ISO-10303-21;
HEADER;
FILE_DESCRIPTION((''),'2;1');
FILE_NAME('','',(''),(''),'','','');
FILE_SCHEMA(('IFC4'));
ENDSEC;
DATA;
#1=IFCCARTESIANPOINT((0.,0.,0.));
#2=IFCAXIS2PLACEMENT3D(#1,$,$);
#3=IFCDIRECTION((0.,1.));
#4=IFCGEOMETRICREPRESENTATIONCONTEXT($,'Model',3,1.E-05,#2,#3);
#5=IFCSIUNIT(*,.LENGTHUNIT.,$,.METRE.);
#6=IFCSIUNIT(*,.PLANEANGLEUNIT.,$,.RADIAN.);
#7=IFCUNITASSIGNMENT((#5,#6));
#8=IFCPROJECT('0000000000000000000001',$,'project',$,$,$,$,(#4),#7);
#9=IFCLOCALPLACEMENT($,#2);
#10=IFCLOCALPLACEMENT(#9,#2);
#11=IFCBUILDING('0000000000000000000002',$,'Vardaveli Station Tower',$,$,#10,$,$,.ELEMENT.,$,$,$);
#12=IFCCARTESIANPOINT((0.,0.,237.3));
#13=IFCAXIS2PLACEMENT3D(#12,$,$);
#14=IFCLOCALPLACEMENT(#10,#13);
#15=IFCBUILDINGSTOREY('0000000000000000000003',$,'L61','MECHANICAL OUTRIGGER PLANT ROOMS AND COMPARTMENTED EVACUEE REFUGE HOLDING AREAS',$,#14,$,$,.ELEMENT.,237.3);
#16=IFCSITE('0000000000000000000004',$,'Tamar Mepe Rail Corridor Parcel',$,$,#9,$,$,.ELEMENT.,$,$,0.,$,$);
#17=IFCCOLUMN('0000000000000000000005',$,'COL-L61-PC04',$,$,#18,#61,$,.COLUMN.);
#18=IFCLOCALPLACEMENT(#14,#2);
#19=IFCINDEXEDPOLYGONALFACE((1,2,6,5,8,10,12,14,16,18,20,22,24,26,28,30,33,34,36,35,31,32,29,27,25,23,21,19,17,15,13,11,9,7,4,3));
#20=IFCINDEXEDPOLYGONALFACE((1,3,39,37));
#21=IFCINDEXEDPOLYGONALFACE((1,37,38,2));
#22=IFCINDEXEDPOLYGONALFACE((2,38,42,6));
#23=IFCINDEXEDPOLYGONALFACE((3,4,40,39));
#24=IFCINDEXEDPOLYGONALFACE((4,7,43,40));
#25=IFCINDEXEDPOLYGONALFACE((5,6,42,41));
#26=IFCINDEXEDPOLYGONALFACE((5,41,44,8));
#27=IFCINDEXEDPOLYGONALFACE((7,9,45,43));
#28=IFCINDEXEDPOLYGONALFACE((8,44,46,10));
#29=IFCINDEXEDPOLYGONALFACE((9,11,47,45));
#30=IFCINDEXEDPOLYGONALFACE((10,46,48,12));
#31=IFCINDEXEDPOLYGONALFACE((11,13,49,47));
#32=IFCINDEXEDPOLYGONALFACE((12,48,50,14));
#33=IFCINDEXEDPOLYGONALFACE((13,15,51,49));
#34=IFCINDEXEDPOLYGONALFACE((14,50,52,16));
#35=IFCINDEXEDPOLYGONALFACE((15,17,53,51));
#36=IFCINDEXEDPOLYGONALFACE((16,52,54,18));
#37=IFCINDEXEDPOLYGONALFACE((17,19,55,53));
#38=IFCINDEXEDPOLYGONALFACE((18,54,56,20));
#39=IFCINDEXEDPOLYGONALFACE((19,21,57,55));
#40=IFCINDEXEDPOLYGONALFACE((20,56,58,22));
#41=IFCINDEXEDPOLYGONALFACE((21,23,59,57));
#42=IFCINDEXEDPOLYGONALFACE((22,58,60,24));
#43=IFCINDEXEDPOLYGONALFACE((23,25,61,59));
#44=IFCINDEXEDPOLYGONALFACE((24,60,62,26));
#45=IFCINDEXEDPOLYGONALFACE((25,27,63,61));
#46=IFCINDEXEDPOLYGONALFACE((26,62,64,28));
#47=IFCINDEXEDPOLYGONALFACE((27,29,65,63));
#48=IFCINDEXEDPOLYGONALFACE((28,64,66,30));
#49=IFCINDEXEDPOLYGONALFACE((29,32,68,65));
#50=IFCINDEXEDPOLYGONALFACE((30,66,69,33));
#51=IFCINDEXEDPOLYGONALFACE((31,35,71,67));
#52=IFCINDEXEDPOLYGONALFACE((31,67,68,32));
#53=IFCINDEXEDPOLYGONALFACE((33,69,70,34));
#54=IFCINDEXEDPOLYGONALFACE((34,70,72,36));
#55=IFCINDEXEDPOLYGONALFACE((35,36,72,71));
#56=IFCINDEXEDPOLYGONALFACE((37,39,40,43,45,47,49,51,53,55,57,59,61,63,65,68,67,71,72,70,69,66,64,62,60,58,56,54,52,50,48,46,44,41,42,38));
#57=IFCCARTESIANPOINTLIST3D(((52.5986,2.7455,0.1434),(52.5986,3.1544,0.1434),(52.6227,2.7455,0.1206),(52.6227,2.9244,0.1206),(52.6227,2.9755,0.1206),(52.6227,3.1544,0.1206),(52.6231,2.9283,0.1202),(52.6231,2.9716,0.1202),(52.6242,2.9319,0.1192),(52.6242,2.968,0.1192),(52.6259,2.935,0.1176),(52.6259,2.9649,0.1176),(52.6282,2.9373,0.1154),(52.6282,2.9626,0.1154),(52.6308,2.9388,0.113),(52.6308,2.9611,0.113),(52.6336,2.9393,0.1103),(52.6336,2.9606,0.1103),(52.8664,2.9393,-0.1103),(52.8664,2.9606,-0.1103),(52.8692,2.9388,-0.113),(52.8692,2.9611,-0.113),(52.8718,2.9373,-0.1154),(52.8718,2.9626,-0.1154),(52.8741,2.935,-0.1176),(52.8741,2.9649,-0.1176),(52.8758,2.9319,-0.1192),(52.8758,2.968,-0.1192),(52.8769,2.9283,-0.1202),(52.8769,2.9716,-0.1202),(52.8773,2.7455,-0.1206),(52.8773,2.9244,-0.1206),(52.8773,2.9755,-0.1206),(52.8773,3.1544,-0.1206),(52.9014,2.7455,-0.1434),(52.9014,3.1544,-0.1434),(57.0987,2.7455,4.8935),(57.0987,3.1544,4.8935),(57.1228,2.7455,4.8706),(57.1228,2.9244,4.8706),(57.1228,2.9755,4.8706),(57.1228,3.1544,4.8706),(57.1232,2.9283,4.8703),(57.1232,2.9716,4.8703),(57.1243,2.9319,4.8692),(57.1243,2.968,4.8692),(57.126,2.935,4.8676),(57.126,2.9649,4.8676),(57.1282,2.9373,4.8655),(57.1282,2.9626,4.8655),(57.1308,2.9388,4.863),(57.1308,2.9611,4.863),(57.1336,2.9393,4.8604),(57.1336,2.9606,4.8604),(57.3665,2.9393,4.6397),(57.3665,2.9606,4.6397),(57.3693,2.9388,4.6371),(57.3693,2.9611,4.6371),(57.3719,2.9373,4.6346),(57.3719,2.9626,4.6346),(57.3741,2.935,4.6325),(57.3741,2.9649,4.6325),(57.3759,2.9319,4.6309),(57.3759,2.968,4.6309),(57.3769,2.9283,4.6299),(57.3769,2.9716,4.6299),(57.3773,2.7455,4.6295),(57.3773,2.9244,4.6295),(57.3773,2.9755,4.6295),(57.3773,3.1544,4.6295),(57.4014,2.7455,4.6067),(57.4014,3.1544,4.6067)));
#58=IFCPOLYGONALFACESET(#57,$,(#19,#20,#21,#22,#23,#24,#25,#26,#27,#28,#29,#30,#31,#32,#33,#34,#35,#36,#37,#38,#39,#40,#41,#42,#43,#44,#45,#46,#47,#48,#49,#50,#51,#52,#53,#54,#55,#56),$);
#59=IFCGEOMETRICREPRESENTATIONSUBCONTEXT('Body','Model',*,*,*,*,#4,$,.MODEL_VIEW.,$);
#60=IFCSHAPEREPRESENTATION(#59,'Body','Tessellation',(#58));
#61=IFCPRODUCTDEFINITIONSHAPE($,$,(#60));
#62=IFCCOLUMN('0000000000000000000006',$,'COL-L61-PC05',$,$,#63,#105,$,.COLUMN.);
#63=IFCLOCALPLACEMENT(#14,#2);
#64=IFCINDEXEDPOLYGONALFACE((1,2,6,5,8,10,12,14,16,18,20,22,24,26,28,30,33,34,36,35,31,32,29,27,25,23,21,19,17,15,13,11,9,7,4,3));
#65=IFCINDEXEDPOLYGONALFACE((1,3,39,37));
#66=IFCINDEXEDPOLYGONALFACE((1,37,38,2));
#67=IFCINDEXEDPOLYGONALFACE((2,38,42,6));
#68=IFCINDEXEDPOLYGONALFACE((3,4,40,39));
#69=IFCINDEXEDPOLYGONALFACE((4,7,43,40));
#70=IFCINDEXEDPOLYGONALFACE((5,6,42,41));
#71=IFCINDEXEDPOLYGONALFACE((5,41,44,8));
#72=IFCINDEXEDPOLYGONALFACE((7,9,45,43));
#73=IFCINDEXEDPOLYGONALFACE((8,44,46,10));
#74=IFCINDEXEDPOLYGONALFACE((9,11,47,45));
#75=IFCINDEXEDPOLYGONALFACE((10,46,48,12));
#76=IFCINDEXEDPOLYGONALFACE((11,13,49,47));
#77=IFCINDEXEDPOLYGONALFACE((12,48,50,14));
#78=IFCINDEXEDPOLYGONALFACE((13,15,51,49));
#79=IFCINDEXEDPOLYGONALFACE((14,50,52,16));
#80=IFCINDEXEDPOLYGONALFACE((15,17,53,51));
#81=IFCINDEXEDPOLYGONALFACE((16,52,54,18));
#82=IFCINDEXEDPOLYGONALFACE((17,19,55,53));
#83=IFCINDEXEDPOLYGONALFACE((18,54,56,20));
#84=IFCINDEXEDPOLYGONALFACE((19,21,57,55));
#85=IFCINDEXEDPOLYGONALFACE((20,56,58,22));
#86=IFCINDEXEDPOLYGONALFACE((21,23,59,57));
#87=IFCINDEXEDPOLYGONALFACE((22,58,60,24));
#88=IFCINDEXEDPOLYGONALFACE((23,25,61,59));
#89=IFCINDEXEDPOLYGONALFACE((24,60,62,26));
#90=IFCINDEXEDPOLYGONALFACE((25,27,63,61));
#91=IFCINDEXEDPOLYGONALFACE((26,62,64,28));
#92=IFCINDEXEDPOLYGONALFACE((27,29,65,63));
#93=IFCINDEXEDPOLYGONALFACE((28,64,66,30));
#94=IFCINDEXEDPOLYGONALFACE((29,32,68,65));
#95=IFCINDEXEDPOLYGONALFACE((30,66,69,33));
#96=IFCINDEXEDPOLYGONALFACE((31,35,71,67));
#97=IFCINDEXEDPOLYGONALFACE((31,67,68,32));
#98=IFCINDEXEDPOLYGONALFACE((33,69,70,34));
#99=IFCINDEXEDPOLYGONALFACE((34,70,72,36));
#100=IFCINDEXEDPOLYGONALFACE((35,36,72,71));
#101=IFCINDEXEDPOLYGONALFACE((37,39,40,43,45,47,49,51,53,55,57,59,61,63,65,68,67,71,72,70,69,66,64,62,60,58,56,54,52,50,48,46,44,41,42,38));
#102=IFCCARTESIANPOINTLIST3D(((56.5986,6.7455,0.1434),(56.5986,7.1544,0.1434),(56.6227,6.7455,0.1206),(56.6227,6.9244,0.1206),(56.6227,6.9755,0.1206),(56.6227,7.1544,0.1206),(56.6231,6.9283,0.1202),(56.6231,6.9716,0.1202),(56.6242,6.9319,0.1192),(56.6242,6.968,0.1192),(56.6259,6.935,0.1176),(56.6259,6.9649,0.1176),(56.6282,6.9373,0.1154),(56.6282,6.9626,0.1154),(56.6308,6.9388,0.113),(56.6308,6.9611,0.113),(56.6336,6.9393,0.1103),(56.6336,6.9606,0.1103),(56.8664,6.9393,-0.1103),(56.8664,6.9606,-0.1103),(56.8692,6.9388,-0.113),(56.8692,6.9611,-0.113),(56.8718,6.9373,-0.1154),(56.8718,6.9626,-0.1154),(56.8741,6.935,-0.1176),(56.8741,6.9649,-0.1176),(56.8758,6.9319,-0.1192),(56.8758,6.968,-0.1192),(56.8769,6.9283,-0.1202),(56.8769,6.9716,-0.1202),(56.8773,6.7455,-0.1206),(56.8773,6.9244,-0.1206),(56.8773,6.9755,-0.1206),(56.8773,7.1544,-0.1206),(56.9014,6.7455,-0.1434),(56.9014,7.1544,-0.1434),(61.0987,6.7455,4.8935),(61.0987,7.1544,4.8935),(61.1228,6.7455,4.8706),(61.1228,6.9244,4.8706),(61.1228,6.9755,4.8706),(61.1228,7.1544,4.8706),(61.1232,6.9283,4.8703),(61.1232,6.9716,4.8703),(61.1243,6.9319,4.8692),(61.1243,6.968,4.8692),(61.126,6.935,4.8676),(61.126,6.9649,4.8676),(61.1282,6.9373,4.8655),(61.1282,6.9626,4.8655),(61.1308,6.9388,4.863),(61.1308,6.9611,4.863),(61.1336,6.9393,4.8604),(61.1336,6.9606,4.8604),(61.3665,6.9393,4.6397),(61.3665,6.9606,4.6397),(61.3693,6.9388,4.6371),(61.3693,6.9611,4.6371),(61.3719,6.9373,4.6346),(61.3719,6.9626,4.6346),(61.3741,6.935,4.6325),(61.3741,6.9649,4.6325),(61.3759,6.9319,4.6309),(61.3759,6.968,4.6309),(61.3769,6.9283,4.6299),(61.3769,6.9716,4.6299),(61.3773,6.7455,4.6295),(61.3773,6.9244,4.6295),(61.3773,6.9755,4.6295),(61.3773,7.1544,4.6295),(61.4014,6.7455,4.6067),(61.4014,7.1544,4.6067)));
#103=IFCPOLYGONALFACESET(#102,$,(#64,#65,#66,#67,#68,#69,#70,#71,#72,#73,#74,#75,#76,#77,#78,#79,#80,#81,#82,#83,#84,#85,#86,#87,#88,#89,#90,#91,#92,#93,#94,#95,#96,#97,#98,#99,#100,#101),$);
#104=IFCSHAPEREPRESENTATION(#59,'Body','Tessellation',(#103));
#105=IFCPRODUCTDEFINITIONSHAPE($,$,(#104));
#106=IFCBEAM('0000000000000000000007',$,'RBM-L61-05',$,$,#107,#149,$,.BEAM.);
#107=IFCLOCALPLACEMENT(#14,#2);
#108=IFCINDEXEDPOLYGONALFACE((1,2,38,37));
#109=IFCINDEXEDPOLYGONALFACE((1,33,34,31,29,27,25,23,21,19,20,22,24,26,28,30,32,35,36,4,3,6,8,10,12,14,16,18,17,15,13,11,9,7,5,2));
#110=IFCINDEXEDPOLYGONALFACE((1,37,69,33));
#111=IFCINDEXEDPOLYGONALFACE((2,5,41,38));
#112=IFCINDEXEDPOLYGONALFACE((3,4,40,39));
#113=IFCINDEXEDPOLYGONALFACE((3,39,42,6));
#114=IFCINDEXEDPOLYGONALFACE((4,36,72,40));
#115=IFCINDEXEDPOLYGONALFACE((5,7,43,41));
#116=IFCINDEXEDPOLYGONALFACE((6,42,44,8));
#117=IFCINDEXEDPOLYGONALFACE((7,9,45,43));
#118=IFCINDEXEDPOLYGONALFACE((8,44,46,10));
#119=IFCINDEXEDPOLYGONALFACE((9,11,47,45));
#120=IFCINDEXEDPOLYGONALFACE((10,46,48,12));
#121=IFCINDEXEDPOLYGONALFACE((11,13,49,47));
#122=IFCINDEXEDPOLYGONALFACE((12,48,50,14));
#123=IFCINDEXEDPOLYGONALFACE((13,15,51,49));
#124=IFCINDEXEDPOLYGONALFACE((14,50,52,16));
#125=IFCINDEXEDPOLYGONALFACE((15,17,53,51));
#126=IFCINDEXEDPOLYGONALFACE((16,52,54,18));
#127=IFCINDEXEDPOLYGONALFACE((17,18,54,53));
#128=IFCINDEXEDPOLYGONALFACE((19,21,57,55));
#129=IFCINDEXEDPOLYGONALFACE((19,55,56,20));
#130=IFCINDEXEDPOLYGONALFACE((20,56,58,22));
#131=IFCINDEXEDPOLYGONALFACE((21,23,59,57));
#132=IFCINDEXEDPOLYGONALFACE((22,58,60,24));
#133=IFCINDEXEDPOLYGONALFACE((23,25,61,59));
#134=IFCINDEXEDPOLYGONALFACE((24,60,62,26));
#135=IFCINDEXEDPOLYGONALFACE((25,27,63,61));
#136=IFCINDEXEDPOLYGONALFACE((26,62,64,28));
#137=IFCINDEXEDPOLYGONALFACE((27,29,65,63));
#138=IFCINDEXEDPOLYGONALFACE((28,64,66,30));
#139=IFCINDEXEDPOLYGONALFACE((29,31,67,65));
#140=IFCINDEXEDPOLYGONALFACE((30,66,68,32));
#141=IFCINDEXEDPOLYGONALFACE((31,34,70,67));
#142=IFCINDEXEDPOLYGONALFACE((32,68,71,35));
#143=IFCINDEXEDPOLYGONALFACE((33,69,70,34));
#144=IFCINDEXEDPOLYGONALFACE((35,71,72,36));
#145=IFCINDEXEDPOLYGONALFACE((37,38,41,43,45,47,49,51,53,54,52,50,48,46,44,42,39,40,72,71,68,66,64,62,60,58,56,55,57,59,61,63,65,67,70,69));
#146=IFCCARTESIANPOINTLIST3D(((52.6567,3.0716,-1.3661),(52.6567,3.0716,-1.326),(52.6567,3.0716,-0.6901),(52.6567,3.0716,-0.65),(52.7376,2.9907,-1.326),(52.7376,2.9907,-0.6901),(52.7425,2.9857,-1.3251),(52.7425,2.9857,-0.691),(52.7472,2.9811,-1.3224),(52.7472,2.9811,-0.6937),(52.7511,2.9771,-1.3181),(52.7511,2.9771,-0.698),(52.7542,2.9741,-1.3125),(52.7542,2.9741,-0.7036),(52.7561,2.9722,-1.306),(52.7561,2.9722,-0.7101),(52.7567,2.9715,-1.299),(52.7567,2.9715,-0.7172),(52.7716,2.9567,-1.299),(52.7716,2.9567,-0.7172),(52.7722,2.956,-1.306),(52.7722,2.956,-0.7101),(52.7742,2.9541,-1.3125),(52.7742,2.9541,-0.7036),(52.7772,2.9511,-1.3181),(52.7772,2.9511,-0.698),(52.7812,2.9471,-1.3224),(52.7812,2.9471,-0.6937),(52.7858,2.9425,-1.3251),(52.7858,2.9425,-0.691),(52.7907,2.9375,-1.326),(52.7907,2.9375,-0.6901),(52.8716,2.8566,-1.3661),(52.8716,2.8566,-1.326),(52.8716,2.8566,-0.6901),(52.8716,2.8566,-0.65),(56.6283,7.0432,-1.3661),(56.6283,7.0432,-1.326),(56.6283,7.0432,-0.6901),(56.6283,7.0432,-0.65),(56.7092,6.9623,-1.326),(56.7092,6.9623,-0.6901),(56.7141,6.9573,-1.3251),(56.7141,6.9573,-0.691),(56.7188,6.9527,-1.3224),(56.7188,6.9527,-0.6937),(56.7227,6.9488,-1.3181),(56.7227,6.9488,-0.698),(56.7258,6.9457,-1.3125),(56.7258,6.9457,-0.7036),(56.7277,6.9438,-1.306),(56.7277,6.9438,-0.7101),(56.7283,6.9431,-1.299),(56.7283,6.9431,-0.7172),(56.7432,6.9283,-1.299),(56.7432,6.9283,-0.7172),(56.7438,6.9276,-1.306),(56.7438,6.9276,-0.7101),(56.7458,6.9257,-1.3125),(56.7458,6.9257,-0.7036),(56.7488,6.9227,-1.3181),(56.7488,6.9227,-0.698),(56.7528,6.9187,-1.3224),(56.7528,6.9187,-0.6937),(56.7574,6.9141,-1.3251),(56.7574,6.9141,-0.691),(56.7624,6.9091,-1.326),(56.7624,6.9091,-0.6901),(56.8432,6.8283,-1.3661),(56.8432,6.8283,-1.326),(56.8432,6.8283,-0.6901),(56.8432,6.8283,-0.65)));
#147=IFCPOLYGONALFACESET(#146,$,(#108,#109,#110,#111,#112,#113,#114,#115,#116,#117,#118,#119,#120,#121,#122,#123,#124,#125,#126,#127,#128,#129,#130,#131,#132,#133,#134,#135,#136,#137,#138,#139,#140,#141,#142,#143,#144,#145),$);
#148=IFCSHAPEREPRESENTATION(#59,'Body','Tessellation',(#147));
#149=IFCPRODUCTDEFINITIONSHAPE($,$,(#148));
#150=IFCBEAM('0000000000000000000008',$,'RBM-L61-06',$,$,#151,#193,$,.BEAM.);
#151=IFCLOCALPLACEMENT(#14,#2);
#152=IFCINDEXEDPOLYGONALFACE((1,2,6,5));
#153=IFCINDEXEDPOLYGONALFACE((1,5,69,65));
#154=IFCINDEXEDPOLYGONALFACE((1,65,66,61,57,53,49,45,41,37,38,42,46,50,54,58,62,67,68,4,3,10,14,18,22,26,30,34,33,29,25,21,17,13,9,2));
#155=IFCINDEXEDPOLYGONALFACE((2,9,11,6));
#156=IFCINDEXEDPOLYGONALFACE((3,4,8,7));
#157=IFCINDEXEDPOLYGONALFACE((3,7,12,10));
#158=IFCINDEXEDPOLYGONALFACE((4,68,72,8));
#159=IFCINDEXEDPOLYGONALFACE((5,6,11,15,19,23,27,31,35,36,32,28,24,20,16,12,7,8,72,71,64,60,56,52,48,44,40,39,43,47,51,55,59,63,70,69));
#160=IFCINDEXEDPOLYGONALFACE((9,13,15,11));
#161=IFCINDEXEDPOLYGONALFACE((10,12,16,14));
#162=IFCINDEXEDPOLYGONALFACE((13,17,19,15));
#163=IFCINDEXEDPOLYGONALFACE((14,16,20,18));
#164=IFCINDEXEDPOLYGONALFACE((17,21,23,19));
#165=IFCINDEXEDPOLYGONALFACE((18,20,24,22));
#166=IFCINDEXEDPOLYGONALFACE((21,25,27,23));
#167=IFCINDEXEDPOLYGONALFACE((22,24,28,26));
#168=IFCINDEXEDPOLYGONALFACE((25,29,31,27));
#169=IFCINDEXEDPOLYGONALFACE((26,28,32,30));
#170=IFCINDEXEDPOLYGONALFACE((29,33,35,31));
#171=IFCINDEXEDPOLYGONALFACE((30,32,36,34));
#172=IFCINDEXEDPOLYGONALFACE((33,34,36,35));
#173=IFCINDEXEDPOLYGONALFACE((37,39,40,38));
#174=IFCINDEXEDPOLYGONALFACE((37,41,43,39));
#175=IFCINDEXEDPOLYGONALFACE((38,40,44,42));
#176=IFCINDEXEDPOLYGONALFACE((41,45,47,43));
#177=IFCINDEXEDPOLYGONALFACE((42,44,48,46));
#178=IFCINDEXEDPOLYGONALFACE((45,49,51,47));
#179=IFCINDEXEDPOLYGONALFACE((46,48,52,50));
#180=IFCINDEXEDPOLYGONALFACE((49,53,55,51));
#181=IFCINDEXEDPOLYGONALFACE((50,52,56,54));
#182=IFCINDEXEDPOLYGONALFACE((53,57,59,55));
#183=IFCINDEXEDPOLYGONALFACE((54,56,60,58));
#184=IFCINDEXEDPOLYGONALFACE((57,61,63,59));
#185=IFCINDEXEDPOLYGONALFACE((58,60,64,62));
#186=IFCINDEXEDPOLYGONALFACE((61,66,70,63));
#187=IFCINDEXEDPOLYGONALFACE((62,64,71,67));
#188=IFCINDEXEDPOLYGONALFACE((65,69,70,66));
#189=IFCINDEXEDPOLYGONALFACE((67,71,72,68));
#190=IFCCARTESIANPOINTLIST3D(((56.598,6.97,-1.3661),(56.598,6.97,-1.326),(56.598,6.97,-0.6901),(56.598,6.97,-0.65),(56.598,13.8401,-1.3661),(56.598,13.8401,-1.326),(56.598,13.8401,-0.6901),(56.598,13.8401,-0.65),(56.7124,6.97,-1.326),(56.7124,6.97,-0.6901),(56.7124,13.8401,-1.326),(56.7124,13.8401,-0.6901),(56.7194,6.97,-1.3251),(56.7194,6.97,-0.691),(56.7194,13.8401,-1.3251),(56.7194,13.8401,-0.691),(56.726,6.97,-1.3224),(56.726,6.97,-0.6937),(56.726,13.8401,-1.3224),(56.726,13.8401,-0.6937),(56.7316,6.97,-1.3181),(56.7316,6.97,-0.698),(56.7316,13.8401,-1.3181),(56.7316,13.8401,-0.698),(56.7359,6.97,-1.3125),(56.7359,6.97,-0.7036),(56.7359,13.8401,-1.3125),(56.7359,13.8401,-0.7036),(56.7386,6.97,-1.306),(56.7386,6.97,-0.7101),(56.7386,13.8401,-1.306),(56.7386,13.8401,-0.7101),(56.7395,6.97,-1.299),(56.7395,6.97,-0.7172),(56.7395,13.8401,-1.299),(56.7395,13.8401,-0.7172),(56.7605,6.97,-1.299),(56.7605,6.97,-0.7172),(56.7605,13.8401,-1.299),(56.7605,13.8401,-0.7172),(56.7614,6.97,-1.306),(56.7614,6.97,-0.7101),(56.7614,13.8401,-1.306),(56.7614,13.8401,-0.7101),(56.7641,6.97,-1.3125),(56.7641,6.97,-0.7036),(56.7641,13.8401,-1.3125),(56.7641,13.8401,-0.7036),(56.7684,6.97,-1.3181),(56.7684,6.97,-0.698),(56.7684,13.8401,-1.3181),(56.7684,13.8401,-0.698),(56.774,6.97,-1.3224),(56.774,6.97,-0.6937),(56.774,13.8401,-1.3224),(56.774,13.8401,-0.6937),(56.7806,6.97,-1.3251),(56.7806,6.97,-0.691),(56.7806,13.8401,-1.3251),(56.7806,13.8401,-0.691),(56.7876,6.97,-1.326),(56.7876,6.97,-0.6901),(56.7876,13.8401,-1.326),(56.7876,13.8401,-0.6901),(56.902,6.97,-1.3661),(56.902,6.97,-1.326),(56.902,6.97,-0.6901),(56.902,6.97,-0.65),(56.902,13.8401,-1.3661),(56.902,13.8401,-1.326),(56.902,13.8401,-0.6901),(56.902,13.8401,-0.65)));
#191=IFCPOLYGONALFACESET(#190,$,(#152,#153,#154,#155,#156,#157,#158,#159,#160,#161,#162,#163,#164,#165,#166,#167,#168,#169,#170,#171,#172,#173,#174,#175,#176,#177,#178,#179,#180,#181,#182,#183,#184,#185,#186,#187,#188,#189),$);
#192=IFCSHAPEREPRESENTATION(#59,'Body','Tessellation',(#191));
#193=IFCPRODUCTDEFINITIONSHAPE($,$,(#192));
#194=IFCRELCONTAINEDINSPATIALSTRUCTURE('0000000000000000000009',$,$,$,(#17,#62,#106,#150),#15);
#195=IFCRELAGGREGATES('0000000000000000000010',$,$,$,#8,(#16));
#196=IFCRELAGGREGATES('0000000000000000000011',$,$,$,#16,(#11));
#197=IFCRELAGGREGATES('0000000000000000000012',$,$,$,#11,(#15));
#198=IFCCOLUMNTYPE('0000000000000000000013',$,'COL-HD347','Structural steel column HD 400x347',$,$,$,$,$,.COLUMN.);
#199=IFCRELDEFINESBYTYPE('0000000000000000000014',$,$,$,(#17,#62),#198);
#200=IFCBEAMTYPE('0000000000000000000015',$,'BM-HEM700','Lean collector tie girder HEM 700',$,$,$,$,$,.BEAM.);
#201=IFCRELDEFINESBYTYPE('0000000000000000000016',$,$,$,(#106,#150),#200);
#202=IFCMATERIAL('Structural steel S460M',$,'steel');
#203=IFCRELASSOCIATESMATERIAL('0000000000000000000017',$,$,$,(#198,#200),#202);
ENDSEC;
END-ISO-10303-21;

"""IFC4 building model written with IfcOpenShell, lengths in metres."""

from ifc_helpers import new_model, si_unit, direction, frame, origin, origin_2d, place, context, subcontext, project, spatial, i_section, extrude, source, transform, mapped, material, material_profile, profile_set, type_object, element, save


model = new_model("IFC4")

# Units and contexts
model_context = context("Model", 3, precision=1e-05, world=origin(), true_north=direction((0.0, 1.0)))
body_context = subcontext(model_context, "Body", "Model", "MODEL_VIEW")
ifc_project = project(units=[si_unit("LENGTHUNIT", "METRE"), si_unit("PLANEANGLEUNIT", "RADIAN")], contexts=[model_context])

# Site, building, storey
site_placement = place(None, origin())
site = spatial("IfcSite", under=ifc_project, at=site_placement, Name="Tamar Mepe Rail Corridor Parcel", CompositionType="ELEMENT", RefElevation=0.0)
building_placement = place(site_placement, origin())
building = spatial("IfcBuilding", under=site, at=building_placement, Name="Vardaveli Station Tower", CompositionType="ELEMENT")
storey_placement = place(building_placement, frame((0.0, 0.0, 237.3)))
storey = spatial("IfcBuildingStorey", under=building, at=storey_placement, Name="L61", Description="MECHANICAL OUTRIGGER PLANT ROOMS AND COMPARTMENTED EVACUEE REFUGE HOLDING AREAS", CompositionType="ELEMENT", Elevation=237.3)

# Columns
ifc_material_1 = material(Name="Structural steel S460M", Category="steel")
ifc_material_profile_1 = material_profile(ifc_material_1, i_section(OverallWidth=0.4089, OverallDepth=0.417, WebThickness=0.0212, FlangeThickness=0.0332, FilletRadius=0.0149, at=origin_2d()), Name="HD 400x347")
ifc_profile_set_1 = profile_set([ifc_material_profile_1], Name="Structural steel S460M")
column_type = type_object("IfcColumnType", Name="COL-HD347", Description="Structural steel column HD 400x347", PredefinedType="COLUMN", material=ifc_profile_set_1)
shared_shape_1 = source(origin(), body_context, "Body", "SweptSolid", [
    extrude(i_section(OverallWidth=0.4089, OverallDepth=0.417, WebThickness=0.0212, FlangeThickness=0.0332, FilletRadius=0.0149, at=origin_2d()), origin(), (0.0, 0.0, 1.0), 6.5432),
])
for number, where, z_axis, x_axis, name in (
    (1, (52.75, 2.95, 0.0), (0.687745, 0.0, 0.725953), (0.0, 1.0, 0.0), "COL-L61-PC04"),
    (2, (56.75, 6.95, 0.0), (0.687745, 0.0, 0.725953), (0.0, 1.0, 0.0), "COL-L61-PC05"),
):
    element("IfcColumn", number, at=place(storey_placement, frame(where, z_axis=z_axis, x_axis=x_axis)), inside=storey, type_object=column_type, Name=name, PredefinedType="COLUMN", context=body_context, shape_type="MappedRepresentation", body=[
        mapped(shared_shape_1, transform((0.0, 0.0, 0.0), scale=1.0)),
    ])

# Beams
ifc_material_profile_2 = material_profile(ifc_material_1, i_section(OverallWidth=0.304, OverallDepth=0.7161, WebThickness=0.021, FlangeThickness=0.04, FilletRadius=0.0271, at=origin_2d()), Name="HEM 700")
ifc_profile_set_2 = profile_set([ifc_material_profile_2], Name="Structural steel S460M")
beam_type = type_object("IfcBeamType", Name="BM-HEM700", Description="Lean collector tie girder HEM 700", PredefinedType="BEAM", material=ifc_profile_set_2)
shared_shape_2 = source(origin(), body_context, "Body", "SweptSolid", [
    extrude(i_section(OverallWidth=0.304, OverallDepth=0.7161, WebThickness=0.021, FlangeThickness=0.04, FilletRadius=0.0271, at=origin_2d()), origin(), (0.0, 0.0, 1.0), 5.6167),
])
beam_1_placement = place(storey_placement, frame((52.7642, 2.9641, -1.0081), z_axis=(0.707107, 0.707107, 0.0), x_axis=(-0.707107, 0.707107, 0.0)))
element("IfcBeam", 3, at=beam_1_placement, inside=storey, type_object=beam_type, Name="RBM-L61-05", PredefinedType="BEAM", context=body_context, shape_type="MappedRepresentation", body=[
    mapped(shared_shape_2, transform((0.0, 0.0, 0.0), scale=1.0)),
])
shared_shape_3 = source(origin(), body_context, "Body", "SweptSolid", [
    extrude(i_section(OverallWidth=0.304, OverallDepth=0.7161, WebThickness=0.021, FlangeThickness=0.04, FilletRadius=0.0271, at=origin_2d()), origin(), (0.0, 0.0, 1.0), 6.8701),
])
beam_2_placement = place(storey_placement, frame((56.75, 6.97, -1.0081), z_axis=(0.0, 1.0, 0.0), x_axis=(-1.0, 0.0, 0.0)))
element("IfcBeam", 4, at=beam_2_placement, inside=storey, type_object=beam_type, Name="RBM-L61-06", PredefinedType="BEAM", context=body_context, shape_type="MappedRepresentation", body=[
    mapped(shared_shape_3, transform((0.0, 0.0, 0.0), scale=1.0)),
])

save(model, "model.ifc")
